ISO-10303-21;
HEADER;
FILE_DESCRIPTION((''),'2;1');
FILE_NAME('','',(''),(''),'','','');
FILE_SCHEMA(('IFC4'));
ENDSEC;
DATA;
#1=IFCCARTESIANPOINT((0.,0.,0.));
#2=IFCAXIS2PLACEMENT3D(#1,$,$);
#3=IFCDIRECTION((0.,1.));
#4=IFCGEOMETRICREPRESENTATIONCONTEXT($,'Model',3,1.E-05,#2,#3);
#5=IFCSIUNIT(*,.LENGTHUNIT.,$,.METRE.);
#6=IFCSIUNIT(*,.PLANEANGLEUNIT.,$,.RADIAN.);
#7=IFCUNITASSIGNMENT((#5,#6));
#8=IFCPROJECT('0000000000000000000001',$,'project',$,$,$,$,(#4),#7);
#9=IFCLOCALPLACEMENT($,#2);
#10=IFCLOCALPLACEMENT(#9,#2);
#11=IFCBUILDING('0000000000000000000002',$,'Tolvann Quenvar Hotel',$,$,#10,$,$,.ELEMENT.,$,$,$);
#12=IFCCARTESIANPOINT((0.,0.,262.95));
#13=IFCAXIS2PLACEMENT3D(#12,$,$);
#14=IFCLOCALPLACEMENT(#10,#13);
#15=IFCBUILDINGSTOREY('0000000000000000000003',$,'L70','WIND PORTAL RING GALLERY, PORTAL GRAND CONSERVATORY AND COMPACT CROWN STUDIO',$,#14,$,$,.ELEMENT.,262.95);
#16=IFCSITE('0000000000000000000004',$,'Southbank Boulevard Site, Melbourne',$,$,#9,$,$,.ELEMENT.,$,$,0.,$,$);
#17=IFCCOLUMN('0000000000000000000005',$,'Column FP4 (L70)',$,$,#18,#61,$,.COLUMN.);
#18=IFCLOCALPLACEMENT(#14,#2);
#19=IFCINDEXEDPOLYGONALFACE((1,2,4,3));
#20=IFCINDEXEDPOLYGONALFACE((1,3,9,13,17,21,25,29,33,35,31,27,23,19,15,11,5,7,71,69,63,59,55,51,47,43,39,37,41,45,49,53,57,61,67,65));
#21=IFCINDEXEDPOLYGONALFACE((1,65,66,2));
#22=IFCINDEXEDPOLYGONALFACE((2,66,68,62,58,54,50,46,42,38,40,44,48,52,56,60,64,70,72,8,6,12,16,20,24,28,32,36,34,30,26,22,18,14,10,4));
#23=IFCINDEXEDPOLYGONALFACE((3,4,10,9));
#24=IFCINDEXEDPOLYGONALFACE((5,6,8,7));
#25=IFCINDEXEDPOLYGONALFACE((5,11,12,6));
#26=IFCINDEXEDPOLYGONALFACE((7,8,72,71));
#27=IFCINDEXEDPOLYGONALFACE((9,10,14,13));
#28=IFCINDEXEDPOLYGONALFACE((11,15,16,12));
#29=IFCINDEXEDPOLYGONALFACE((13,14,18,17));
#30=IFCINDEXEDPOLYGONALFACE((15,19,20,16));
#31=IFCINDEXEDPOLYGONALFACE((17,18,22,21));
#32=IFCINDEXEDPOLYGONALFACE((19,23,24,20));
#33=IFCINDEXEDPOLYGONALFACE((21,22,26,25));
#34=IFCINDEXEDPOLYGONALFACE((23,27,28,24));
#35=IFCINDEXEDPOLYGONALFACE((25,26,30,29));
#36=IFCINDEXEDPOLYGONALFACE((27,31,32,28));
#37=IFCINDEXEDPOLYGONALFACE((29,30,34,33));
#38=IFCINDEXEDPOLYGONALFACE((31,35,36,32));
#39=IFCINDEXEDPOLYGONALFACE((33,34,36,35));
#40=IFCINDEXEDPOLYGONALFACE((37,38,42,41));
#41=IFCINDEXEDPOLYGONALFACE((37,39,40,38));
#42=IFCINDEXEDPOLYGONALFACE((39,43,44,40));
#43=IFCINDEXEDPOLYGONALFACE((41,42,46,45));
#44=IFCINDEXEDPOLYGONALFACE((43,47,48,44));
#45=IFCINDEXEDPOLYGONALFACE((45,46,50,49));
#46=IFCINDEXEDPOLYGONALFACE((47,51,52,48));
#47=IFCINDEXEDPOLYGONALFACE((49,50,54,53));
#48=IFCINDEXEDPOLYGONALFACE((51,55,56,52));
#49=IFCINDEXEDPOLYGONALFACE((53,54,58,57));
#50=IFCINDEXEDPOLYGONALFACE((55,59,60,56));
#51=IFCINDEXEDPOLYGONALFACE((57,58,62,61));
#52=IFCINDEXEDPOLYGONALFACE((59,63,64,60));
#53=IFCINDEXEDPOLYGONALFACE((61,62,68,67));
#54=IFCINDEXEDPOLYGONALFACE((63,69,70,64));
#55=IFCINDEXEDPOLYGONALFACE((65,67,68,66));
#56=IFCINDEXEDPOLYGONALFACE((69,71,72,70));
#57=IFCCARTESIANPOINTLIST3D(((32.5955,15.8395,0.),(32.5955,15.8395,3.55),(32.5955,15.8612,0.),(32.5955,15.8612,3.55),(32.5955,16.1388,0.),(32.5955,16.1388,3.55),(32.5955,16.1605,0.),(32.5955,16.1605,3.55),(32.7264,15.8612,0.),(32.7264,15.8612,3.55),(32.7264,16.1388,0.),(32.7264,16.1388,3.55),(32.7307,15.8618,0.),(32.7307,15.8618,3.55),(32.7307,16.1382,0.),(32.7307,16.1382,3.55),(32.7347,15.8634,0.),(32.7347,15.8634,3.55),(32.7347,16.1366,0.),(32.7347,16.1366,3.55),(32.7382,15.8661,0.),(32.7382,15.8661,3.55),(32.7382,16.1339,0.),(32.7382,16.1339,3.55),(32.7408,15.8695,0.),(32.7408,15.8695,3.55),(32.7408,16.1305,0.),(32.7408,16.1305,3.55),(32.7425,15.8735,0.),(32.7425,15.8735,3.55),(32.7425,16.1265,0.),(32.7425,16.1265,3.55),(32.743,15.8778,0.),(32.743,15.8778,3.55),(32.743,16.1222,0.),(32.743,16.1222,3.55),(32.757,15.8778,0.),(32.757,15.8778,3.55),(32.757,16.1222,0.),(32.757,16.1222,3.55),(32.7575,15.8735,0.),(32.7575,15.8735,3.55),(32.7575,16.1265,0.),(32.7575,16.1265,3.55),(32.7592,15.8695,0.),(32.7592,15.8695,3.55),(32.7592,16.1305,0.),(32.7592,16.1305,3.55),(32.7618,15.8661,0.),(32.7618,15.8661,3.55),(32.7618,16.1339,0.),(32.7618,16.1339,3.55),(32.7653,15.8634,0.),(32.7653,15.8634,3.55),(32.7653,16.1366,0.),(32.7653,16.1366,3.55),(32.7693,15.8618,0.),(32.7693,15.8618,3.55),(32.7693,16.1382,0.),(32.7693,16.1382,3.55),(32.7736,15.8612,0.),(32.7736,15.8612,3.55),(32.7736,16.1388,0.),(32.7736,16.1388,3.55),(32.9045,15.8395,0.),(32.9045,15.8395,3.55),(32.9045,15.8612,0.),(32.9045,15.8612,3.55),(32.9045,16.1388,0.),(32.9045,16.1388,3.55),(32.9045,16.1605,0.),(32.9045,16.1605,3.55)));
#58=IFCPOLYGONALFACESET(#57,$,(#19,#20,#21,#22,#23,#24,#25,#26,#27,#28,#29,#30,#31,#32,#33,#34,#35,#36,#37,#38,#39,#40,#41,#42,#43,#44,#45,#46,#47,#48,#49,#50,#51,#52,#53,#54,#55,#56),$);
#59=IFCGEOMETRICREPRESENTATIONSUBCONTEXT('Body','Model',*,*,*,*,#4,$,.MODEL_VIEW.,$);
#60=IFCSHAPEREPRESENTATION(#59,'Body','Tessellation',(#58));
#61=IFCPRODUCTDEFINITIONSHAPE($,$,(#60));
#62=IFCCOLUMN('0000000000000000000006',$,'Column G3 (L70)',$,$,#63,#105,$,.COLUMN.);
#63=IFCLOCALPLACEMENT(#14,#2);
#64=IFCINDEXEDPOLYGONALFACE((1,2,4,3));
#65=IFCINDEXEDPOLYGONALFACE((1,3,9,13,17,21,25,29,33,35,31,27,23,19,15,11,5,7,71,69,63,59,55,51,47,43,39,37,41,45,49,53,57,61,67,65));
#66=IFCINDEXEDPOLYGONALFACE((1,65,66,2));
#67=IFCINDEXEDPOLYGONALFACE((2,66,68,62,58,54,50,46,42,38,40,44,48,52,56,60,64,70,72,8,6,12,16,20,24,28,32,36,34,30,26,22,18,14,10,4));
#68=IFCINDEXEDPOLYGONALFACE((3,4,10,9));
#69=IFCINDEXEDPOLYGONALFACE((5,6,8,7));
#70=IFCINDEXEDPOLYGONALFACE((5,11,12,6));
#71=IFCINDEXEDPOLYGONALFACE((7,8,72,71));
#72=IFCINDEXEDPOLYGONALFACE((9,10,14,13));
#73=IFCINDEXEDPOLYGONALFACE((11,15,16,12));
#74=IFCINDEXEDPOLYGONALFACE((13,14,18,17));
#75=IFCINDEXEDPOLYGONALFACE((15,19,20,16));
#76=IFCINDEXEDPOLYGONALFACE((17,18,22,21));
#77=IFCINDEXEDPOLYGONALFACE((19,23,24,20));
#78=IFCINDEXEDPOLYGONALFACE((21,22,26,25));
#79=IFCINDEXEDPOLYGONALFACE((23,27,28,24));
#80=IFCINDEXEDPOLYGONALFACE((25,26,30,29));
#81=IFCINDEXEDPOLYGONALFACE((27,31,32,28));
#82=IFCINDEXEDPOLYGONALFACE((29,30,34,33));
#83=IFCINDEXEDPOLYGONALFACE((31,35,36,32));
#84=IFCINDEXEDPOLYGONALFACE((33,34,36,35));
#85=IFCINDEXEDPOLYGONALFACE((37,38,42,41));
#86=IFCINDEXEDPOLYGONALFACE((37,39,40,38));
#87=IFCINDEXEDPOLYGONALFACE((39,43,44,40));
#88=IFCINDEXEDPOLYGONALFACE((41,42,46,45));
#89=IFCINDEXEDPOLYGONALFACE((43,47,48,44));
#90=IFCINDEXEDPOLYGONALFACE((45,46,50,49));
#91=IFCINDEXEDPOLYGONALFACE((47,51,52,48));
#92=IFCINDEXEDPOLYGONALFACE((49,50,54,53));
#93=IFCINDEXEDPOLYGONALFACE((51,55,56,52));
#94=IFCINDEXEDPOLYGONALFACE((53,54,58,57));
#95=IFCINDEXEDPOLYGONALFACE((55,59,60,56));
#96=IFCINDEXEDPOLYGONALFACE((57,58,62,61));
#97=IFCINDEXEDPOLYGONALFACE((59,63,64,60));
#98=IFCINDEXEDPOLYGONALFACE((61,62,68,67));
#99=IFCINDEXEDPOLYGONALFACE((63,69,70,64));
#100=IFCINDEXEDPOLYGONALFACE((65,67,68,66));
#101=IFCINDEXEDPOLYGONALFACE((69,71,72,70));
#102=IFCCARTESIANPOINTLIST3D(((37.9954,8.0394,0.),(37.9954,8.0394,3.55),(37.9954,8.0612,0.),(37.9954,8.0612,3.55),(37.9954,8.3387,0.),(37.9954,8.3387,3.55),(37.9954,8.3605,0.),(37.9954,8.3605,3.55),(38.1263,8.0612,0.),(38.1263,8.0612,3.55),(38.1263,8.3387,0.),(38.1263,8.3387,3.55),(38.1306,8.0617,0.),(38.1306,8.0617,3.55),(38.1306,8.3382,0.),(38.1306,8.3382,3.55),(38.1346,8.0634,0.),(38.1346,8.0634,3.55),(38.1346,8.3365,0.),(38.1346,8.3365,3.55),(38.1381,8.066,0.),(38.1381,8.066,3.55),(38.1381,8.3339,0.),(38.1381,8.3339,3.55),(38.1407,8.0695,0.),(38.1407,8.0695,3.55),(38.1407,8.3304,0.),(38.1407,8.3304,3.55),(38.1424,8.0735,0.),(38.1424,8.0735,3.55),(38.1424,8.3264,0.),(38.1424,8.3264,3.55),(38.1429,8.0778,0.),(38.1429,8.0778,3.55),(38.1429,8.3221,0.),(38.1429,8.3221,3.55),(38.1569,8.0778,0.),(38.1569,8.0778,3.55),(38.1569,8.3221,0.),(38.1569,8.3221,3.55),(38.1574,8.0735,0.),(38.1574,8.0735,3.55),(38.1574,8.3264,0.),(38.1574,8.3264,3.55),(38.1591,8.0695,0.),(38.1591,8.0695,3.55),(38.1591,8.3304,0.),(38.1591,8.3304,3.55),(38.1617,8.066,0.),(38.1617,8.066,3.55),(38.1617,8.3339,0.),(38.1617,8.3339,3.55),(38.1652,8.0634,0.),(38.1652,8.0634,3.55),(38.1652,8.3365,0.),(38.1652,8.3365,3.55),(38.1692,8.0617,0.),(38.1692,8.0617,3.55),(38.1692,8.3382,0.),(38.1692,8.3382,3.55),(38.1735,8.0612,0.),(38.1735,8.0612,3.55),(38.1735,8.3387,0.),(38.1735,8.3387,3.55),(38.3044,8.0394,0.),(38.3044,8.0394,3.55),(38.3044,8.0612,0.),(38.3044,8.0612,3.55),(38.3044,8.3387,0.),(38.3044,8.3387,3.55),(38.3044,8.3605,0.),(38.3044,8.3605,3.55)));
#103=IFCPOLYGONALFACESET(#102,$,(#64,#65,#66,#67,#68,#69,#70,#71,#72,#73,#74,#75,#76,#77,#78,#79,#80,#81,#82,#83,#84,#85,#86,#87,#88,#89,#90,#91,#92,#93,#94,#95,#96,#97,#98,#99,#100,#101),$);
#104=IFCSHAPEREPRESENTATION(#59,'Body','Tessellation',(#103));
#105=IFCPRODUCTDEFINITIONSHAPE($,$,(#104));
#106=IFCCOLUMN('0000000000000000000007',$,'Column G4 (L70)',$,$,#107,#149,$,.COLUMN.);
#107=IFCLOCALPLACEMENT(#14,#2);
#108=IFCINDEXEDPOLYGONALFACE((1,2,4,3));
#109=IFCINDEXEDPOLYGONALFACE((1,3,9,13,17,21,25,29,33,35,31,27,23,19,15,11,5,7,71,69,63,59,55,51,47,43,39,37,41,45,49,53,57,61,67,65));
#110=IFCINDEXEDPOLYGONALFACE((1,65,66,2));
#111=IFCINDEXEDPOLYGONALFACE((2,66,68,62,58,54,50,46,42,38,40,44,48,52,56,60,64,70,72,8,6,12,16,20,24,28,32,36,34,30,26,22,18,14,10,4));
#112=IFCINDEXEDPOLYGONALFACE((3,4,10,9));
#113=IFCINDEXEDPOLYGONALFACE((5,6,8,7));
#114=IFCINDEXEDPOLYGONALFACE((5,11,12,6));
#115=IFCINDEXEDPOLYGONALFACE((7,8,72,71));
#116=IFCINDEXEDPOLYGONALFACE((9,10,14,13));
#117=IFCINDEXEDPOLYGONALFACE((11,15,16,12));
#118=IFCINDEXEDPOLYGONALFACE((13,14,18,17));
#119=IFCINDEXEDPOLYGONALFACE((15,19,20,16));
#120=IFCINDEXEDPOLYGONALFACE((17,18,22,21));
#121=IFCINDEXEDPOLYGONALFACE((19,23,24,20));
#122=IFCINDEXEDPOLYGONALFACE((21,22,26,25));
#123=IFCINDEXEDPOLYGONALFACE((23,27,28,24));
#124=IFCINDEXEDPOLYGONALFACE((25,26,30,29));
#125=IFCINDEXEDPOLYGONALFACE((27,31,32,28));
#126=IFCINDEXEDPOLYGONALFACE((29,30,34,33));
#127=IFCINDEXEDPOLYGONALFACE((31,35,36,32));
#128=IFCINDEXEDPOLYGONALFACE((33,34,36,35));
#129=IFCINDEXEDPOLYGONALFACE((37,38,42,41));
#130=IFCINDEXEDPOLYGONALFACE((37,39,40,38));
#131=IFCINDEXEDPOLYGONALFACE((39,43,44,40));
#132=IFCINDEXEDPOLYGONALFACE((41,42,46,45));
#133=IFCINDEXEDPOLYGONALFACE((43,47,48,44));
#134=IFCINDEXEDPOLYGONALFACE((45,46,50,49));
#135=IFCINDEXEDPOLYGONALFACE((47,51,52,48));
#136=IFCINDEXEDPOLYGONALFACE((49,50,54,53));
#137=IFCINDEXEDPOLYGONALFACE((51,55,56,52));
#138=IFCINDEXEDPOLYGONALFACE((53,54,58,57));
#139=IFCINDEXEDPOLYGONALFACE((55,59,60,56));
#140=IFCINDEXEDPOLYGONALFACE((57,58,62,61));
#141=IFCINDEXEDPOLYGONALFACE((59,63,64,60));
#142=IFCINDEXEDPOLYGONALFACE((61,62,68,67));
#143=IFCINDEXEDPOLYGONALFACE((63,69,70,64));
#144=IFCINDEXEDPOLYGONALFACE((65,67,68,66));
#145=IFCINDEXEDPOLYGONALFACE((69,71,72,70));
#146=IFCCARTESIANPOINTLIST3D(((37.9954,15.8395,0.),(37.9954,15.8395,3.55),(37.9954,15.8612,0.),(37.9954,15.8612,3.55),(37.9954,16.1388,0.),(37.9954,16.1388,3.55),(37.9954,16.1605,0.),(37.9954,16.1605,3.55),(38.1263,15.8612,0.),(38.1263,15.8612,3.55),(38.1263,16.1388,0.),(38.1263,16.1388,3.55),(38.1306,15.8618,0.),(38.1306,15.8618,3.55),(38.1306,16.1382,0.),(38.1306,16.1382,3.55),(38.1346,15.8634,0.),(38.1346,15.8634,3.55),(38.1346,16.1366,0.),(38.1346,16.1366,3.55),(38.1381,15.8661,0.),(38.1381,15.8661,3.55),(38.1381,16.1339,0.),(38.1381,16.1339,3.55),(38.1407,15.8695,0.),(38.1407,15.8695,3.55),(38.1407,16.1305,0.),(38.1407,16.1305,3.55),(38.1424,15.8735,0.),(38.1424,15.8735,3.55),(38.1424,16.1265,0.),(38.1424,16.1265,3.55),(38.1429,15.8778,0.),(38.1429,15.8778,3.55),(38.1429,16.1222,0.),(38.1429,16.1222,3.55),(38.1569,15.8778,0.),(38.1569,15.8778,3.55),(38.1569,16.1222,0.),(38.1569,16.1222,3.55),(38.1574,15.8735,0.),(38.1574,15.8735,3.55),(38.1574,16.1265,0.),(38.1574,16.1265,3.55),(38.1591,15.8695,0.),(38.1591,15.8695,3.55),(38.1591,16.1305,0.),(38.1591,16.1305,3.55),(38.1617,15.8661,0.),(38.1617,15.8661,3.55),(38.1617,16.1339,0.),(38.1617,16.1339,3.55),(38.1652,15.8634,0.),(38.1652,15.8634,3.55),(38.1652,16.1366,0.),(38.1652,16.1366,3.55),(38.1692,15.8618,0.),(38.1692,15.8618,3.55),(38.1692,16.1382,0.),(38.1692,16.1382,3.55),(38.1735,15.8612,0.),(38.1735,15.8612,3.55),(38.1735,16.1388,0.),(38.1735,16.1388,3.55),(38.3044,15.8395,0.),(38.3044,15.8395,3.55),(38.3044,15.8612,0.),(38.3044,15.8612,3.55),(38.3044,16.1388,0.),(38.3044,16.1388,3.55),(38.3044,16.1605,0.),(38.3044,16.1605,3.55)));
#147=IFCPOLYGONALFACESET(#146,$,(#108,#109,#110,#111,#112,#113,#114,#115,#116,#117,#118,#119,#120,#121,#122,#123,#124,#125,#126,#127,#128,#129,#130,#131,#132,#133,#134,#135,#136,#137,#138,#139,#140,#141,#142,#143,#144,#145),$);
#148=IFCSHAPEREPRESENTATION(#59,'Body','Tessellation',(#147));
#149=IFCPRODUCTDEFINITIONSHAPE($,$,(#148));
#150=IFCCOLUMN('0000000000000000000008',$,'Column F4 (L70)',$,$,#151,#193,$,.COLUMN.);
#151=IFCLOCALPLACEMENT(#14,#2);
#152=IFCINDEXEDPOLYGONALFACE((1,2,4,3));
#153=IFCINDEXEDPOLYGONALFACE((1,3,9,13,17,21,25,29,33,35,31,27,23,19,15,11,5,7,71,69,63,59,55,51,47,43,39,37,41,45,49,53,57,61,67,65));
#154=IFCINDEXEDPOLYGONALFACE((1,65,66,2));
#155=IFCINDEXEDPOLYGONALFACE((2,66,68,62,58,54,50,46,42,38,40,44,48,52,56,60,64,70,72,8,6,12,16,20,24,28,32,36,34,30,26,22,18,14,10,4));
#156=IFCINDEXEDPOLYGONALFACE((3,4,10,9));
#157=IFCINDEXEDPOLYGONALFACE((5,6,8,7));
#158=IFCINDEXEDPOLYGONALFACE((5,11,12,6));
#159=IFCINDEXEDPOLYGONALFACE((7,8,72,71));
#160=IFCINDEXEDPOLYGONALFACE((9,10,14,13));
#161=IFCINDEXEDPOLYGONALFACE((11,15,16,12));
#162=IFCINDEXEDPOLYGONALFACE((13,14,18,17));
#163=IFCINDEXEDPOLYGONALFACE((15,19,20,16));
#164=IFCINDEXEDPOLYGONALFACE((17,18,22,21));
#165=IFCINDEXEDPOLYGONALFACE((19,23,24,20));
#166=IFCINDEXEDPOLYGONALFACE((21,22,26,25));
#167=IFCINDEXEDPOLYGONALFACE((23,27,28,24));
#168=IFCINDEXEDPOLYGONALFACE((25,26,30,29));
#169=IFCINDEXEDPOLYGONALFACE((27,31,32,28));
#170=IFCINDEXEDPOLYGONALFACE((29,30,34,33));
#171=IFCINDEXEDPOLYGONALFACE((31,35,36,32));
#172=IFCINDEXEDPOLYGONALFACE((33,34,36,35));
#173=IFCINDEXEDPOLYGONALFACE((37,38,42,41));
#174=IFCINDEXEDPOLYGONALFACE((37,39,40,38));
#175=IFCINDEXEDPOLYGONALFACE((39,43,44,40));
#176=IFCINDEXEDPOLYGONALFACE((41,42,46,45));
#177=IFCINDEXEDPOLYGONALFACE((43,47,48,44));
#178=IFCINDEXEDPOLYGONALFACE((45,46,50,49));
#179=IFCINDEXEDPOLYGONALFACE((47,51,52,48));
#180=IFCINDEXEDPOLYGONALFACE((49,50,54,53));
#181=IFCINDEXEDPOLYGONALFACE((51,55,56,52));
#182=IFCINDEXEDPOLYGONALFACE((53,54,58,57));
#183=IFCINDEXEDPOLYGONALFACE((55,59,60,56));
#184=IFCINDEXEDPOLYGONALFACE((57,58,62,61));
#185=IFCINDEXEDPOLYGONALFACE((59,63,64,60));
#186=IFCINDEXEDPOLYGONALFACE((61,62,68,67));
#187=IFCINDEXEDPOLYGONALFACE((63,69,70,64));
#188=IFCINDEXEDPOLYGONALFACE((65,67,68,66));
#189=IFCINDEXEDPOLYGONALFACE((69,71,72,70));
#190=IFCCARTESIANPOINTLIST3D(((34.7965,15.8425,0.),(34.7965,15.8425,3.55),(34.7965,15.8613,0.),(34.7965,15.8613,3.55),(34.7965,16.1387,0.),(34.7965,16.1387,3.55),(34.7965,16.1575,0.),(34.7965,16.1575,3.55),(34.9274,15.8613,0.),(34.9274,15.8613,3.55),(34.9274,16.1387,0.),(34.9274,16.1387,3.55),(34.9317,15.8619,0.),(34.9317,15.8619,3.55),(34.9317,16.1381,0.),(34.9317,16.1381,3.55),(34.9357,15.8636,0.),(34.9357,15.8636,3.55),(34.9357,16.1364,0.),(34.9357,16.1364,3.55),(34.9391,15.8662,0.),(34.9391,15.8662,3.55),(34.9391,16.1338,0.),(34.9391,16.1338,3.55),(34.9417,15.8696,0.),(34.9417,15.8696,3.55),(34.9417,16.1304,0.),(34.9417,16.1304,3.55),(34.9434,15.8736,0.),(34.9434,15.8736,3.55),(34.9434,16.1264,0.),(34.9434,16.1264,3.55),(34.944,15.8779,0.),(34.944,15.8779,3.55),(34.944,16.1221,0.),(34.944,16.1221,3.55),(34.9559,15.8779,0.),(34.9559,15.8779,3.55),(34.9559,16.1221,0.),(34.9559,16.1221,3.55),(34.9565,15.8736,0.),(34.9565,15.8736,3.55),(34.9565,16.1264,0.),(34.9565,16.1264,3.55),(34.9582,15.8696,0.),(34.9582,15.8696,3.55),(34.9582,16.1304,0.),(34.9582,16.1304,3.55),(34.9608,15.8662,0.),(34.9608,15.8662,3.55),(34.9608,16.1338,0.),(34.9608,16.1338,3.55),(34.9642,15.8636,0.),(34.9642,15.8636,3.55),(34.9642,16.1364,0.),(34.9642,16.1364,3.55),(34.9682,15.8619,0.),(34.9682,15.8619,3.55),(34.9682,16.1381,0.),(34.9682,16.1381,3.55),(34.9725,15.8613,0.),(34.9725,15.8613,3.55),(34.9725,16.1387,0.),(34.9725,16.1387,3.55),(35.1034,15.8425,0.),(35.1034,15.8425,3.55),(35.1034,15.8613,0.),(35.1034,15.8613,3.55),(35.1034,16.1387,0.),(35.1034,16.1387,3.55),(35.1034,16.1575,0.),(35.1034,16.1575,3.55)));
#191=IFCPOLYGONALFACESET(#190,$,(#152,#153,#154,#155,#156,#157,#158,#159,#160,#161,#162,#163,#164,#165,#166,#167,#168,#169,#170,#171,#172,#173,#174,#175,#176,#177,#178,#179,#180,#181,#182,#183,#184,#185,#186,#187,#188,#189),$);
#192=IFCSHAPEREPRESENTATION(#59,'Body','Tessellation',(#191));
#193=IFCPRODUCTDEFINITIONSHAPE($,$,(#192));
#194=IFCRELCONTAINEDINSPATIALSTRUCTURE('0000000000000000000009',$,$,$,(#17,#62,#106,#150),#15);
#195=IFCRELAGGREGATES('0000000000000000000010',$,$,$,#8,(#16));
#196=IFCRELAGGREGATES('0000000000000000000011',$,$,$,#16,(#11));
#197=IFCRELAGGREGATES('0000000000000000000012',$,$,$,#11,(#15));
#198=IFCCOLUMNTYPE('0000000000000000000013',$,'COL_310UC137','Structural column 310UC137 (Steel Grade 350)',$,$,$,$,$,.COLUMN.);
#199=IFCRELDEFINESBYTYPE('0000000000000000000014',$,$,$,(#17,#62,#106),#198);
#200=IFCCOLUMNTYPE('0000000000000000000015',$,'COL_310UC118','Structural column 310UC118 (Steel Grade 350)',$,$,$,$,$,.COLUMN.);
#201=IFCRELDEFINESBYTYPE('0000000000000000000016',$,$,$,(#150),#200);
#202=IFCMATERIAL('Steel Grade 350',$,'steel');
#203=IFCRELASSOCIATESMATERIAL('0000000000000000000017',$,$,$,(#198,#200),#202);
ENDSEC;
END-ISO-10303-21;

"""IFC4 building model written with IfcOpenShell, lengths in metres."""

from ifc_helpers import new_model, si_unit, direction, frame, origin, origin_2d, place, context, subcontext, project, spatial, i_section, extrude, source, transform, mapped, material, material_profile, profile_set, type_object, type_shapes, element, save


model = new_model("IFC4")

# Units and contexts
model_context = context("Model", 3, precision=1e-05, world=origin(), true_north=direction((0.0, 1.0)))
body_context = subcontext(model_context, "Body", "Model", "MODEL_VIEW")
ifc_project = project(units=[si_unit("LENGTHUNIT", "METRE"), si_unit("PLANEANGLEUNIT", "RADIAN")], contexts=[model_context])

# Site, building, storey
site_placement = place(None, origin())
site = spatial("IfcSite", under=ifc_project, at=site_placement, Name="Southbank Boulevard Site, Melbourne", CompositionType="ELEMENT", RefElevation=0.0)
building_placement = place(site_placement, origin())
building = spatial("IfcBuilding", under=site, at=building_placement, Name="Tolvann Quenvar Hotel", CompositionType="ELEMENT")
storey_placement = place(building_placement, frame((0.0, 0.0, 262.95)))
storey = spatial("IfcBuildingStorey", under=building, at=storey_placement, Name="L70", Description="WIND PORTAL RING GALLERY, PORTAL GRAND CONSERVATORY AND COMPACT CROWN STUDIO", CompositionType="ELEMENT", Elevation=262.95)

# Columns
ifc_material_1 = material(Name="Steel Grade 350", Category="steel")
ifc_material_profile_1 = material_profile(ifc_material_1, i_section(OverallWidth=0.3091, OverallDepth=0.321, WebThickness=0.0139, FlangeThickness=0.0217, FilletRadius=0.0166, at=origin_2d()), Name="310UC137")
ifc_profile_set_1 = profile_set([ifc_material_profile_1], Name="Steel Grade 350")
column_type_1 = type_object("IfcColumnType", Name="COL_310UC137", Description="Structural column 310UC137 (Steel Grade 350)", PredefinedType="COLUMN", material=ifc_profile_set_1)
shared_shape_1 = source(origin(), body_context, "Body", "SweptSolid", [
    extrude(i_section(OverallWidth=0.3091, OverallDepth=0.321, WebThickness=0.0139, FlangeThickness=0.0217, FilletRadius=0.0166, at=origin_2d()), origin(), (0.0, 0.0, 1.0), 3.55),
])
type_shapes(column_type_1, [shared_shape_1])
for number, where, z_axis, x_axis, name in (
    (1, (32.75, 16.0, 0.0), (0.0, 0.0, 1.0), (1.0, 0.0, 0.0), "Column FP4 (L70)"),
    (2, (38.1499, 8.2, 0.0), (0.0, 0.0, 1.0), (1.0, 0.0, 0.0), "Column G3 (L70)"),
    (3, (38.1499, 16.0, 0.0), (0.0, 0.0, 1.0), (1.0, 0.0, 0.0), "Column G4 (L70)"),
):
    element("IfcColumn", number, at=place(storey_placement, frame(where, z_axis=z_axis, x_axis=x_axis)), inside=storey, type_object=column_type_1, Name=name, PredefinedType="COLUMN", context=body_context, shape_type="MappedRepresentation", body=[
        mapped(shared_shape_1, transform((0.0, 0.0, 0.0), x_axis=(1.0, 0.0, 0.0), y_axis=(0.0, 1.0, 0.0), z_axis=(0.0, 0.0, 1.0), scale=1.0)),
    ])
ifc_material_profile_2 = material_profile(ifc_material_1, i_section(OverallWidth=0.3069, OverallDepth=0.3149, WebThickness=0.012, FlangeThickness=0.0188, FilletRadius=0.0166, at=origin_2d()), Name="310UC118")
ifc_profile_set_2 = profile_set([ifc_material_profile_2], Name="Steel Grade 350")
column_type_2 = type_object("IfcColumnType", Name="COL_310UC118", Description="Structural column 310UC118 (Steel Grade 350)", PredefinedType="COLUMN", material=ifc_profile_set_2)
shared_shape_2 = source(origin(), body_context, "Body", "SweptSolid", [
    extrude(i_section(OverallWidth=0.3069, OverallDepth=0.3149, WebThickness=0.012, FlangeThickness=0.0188, FilletRadius=0.0166, at=origin_2d()), origin(), (0.0, 0.0, 1.0), 3.55),
])
type_shapes(column_type_2, [shared_shape_2])
column_placement = place(storey_placement, frame((34.95, 16.0, 0.0), z_axis=(0.0, 0.0, 1.0), x_axis=(1.0, 0.0, 0.0)))
element("IfcColumn", 4, at=column_placement, inside=storey, type_object=column_type_2, Name="Column F4 (L70)", PredefinedType="COLUMN", context=body_context, shape_type="MappedRepresentation", body=[
    mapped(shared_shape_2, transform((0.0, 0.0, 0.0), x_axis=(1.0, 0.0, 0.0), y_axis=(0.0, 1.0, 0.0), z_axis=(0.0, 0.0, 1.0), scale=1.0)),
])

save(model, "model.ifc")
